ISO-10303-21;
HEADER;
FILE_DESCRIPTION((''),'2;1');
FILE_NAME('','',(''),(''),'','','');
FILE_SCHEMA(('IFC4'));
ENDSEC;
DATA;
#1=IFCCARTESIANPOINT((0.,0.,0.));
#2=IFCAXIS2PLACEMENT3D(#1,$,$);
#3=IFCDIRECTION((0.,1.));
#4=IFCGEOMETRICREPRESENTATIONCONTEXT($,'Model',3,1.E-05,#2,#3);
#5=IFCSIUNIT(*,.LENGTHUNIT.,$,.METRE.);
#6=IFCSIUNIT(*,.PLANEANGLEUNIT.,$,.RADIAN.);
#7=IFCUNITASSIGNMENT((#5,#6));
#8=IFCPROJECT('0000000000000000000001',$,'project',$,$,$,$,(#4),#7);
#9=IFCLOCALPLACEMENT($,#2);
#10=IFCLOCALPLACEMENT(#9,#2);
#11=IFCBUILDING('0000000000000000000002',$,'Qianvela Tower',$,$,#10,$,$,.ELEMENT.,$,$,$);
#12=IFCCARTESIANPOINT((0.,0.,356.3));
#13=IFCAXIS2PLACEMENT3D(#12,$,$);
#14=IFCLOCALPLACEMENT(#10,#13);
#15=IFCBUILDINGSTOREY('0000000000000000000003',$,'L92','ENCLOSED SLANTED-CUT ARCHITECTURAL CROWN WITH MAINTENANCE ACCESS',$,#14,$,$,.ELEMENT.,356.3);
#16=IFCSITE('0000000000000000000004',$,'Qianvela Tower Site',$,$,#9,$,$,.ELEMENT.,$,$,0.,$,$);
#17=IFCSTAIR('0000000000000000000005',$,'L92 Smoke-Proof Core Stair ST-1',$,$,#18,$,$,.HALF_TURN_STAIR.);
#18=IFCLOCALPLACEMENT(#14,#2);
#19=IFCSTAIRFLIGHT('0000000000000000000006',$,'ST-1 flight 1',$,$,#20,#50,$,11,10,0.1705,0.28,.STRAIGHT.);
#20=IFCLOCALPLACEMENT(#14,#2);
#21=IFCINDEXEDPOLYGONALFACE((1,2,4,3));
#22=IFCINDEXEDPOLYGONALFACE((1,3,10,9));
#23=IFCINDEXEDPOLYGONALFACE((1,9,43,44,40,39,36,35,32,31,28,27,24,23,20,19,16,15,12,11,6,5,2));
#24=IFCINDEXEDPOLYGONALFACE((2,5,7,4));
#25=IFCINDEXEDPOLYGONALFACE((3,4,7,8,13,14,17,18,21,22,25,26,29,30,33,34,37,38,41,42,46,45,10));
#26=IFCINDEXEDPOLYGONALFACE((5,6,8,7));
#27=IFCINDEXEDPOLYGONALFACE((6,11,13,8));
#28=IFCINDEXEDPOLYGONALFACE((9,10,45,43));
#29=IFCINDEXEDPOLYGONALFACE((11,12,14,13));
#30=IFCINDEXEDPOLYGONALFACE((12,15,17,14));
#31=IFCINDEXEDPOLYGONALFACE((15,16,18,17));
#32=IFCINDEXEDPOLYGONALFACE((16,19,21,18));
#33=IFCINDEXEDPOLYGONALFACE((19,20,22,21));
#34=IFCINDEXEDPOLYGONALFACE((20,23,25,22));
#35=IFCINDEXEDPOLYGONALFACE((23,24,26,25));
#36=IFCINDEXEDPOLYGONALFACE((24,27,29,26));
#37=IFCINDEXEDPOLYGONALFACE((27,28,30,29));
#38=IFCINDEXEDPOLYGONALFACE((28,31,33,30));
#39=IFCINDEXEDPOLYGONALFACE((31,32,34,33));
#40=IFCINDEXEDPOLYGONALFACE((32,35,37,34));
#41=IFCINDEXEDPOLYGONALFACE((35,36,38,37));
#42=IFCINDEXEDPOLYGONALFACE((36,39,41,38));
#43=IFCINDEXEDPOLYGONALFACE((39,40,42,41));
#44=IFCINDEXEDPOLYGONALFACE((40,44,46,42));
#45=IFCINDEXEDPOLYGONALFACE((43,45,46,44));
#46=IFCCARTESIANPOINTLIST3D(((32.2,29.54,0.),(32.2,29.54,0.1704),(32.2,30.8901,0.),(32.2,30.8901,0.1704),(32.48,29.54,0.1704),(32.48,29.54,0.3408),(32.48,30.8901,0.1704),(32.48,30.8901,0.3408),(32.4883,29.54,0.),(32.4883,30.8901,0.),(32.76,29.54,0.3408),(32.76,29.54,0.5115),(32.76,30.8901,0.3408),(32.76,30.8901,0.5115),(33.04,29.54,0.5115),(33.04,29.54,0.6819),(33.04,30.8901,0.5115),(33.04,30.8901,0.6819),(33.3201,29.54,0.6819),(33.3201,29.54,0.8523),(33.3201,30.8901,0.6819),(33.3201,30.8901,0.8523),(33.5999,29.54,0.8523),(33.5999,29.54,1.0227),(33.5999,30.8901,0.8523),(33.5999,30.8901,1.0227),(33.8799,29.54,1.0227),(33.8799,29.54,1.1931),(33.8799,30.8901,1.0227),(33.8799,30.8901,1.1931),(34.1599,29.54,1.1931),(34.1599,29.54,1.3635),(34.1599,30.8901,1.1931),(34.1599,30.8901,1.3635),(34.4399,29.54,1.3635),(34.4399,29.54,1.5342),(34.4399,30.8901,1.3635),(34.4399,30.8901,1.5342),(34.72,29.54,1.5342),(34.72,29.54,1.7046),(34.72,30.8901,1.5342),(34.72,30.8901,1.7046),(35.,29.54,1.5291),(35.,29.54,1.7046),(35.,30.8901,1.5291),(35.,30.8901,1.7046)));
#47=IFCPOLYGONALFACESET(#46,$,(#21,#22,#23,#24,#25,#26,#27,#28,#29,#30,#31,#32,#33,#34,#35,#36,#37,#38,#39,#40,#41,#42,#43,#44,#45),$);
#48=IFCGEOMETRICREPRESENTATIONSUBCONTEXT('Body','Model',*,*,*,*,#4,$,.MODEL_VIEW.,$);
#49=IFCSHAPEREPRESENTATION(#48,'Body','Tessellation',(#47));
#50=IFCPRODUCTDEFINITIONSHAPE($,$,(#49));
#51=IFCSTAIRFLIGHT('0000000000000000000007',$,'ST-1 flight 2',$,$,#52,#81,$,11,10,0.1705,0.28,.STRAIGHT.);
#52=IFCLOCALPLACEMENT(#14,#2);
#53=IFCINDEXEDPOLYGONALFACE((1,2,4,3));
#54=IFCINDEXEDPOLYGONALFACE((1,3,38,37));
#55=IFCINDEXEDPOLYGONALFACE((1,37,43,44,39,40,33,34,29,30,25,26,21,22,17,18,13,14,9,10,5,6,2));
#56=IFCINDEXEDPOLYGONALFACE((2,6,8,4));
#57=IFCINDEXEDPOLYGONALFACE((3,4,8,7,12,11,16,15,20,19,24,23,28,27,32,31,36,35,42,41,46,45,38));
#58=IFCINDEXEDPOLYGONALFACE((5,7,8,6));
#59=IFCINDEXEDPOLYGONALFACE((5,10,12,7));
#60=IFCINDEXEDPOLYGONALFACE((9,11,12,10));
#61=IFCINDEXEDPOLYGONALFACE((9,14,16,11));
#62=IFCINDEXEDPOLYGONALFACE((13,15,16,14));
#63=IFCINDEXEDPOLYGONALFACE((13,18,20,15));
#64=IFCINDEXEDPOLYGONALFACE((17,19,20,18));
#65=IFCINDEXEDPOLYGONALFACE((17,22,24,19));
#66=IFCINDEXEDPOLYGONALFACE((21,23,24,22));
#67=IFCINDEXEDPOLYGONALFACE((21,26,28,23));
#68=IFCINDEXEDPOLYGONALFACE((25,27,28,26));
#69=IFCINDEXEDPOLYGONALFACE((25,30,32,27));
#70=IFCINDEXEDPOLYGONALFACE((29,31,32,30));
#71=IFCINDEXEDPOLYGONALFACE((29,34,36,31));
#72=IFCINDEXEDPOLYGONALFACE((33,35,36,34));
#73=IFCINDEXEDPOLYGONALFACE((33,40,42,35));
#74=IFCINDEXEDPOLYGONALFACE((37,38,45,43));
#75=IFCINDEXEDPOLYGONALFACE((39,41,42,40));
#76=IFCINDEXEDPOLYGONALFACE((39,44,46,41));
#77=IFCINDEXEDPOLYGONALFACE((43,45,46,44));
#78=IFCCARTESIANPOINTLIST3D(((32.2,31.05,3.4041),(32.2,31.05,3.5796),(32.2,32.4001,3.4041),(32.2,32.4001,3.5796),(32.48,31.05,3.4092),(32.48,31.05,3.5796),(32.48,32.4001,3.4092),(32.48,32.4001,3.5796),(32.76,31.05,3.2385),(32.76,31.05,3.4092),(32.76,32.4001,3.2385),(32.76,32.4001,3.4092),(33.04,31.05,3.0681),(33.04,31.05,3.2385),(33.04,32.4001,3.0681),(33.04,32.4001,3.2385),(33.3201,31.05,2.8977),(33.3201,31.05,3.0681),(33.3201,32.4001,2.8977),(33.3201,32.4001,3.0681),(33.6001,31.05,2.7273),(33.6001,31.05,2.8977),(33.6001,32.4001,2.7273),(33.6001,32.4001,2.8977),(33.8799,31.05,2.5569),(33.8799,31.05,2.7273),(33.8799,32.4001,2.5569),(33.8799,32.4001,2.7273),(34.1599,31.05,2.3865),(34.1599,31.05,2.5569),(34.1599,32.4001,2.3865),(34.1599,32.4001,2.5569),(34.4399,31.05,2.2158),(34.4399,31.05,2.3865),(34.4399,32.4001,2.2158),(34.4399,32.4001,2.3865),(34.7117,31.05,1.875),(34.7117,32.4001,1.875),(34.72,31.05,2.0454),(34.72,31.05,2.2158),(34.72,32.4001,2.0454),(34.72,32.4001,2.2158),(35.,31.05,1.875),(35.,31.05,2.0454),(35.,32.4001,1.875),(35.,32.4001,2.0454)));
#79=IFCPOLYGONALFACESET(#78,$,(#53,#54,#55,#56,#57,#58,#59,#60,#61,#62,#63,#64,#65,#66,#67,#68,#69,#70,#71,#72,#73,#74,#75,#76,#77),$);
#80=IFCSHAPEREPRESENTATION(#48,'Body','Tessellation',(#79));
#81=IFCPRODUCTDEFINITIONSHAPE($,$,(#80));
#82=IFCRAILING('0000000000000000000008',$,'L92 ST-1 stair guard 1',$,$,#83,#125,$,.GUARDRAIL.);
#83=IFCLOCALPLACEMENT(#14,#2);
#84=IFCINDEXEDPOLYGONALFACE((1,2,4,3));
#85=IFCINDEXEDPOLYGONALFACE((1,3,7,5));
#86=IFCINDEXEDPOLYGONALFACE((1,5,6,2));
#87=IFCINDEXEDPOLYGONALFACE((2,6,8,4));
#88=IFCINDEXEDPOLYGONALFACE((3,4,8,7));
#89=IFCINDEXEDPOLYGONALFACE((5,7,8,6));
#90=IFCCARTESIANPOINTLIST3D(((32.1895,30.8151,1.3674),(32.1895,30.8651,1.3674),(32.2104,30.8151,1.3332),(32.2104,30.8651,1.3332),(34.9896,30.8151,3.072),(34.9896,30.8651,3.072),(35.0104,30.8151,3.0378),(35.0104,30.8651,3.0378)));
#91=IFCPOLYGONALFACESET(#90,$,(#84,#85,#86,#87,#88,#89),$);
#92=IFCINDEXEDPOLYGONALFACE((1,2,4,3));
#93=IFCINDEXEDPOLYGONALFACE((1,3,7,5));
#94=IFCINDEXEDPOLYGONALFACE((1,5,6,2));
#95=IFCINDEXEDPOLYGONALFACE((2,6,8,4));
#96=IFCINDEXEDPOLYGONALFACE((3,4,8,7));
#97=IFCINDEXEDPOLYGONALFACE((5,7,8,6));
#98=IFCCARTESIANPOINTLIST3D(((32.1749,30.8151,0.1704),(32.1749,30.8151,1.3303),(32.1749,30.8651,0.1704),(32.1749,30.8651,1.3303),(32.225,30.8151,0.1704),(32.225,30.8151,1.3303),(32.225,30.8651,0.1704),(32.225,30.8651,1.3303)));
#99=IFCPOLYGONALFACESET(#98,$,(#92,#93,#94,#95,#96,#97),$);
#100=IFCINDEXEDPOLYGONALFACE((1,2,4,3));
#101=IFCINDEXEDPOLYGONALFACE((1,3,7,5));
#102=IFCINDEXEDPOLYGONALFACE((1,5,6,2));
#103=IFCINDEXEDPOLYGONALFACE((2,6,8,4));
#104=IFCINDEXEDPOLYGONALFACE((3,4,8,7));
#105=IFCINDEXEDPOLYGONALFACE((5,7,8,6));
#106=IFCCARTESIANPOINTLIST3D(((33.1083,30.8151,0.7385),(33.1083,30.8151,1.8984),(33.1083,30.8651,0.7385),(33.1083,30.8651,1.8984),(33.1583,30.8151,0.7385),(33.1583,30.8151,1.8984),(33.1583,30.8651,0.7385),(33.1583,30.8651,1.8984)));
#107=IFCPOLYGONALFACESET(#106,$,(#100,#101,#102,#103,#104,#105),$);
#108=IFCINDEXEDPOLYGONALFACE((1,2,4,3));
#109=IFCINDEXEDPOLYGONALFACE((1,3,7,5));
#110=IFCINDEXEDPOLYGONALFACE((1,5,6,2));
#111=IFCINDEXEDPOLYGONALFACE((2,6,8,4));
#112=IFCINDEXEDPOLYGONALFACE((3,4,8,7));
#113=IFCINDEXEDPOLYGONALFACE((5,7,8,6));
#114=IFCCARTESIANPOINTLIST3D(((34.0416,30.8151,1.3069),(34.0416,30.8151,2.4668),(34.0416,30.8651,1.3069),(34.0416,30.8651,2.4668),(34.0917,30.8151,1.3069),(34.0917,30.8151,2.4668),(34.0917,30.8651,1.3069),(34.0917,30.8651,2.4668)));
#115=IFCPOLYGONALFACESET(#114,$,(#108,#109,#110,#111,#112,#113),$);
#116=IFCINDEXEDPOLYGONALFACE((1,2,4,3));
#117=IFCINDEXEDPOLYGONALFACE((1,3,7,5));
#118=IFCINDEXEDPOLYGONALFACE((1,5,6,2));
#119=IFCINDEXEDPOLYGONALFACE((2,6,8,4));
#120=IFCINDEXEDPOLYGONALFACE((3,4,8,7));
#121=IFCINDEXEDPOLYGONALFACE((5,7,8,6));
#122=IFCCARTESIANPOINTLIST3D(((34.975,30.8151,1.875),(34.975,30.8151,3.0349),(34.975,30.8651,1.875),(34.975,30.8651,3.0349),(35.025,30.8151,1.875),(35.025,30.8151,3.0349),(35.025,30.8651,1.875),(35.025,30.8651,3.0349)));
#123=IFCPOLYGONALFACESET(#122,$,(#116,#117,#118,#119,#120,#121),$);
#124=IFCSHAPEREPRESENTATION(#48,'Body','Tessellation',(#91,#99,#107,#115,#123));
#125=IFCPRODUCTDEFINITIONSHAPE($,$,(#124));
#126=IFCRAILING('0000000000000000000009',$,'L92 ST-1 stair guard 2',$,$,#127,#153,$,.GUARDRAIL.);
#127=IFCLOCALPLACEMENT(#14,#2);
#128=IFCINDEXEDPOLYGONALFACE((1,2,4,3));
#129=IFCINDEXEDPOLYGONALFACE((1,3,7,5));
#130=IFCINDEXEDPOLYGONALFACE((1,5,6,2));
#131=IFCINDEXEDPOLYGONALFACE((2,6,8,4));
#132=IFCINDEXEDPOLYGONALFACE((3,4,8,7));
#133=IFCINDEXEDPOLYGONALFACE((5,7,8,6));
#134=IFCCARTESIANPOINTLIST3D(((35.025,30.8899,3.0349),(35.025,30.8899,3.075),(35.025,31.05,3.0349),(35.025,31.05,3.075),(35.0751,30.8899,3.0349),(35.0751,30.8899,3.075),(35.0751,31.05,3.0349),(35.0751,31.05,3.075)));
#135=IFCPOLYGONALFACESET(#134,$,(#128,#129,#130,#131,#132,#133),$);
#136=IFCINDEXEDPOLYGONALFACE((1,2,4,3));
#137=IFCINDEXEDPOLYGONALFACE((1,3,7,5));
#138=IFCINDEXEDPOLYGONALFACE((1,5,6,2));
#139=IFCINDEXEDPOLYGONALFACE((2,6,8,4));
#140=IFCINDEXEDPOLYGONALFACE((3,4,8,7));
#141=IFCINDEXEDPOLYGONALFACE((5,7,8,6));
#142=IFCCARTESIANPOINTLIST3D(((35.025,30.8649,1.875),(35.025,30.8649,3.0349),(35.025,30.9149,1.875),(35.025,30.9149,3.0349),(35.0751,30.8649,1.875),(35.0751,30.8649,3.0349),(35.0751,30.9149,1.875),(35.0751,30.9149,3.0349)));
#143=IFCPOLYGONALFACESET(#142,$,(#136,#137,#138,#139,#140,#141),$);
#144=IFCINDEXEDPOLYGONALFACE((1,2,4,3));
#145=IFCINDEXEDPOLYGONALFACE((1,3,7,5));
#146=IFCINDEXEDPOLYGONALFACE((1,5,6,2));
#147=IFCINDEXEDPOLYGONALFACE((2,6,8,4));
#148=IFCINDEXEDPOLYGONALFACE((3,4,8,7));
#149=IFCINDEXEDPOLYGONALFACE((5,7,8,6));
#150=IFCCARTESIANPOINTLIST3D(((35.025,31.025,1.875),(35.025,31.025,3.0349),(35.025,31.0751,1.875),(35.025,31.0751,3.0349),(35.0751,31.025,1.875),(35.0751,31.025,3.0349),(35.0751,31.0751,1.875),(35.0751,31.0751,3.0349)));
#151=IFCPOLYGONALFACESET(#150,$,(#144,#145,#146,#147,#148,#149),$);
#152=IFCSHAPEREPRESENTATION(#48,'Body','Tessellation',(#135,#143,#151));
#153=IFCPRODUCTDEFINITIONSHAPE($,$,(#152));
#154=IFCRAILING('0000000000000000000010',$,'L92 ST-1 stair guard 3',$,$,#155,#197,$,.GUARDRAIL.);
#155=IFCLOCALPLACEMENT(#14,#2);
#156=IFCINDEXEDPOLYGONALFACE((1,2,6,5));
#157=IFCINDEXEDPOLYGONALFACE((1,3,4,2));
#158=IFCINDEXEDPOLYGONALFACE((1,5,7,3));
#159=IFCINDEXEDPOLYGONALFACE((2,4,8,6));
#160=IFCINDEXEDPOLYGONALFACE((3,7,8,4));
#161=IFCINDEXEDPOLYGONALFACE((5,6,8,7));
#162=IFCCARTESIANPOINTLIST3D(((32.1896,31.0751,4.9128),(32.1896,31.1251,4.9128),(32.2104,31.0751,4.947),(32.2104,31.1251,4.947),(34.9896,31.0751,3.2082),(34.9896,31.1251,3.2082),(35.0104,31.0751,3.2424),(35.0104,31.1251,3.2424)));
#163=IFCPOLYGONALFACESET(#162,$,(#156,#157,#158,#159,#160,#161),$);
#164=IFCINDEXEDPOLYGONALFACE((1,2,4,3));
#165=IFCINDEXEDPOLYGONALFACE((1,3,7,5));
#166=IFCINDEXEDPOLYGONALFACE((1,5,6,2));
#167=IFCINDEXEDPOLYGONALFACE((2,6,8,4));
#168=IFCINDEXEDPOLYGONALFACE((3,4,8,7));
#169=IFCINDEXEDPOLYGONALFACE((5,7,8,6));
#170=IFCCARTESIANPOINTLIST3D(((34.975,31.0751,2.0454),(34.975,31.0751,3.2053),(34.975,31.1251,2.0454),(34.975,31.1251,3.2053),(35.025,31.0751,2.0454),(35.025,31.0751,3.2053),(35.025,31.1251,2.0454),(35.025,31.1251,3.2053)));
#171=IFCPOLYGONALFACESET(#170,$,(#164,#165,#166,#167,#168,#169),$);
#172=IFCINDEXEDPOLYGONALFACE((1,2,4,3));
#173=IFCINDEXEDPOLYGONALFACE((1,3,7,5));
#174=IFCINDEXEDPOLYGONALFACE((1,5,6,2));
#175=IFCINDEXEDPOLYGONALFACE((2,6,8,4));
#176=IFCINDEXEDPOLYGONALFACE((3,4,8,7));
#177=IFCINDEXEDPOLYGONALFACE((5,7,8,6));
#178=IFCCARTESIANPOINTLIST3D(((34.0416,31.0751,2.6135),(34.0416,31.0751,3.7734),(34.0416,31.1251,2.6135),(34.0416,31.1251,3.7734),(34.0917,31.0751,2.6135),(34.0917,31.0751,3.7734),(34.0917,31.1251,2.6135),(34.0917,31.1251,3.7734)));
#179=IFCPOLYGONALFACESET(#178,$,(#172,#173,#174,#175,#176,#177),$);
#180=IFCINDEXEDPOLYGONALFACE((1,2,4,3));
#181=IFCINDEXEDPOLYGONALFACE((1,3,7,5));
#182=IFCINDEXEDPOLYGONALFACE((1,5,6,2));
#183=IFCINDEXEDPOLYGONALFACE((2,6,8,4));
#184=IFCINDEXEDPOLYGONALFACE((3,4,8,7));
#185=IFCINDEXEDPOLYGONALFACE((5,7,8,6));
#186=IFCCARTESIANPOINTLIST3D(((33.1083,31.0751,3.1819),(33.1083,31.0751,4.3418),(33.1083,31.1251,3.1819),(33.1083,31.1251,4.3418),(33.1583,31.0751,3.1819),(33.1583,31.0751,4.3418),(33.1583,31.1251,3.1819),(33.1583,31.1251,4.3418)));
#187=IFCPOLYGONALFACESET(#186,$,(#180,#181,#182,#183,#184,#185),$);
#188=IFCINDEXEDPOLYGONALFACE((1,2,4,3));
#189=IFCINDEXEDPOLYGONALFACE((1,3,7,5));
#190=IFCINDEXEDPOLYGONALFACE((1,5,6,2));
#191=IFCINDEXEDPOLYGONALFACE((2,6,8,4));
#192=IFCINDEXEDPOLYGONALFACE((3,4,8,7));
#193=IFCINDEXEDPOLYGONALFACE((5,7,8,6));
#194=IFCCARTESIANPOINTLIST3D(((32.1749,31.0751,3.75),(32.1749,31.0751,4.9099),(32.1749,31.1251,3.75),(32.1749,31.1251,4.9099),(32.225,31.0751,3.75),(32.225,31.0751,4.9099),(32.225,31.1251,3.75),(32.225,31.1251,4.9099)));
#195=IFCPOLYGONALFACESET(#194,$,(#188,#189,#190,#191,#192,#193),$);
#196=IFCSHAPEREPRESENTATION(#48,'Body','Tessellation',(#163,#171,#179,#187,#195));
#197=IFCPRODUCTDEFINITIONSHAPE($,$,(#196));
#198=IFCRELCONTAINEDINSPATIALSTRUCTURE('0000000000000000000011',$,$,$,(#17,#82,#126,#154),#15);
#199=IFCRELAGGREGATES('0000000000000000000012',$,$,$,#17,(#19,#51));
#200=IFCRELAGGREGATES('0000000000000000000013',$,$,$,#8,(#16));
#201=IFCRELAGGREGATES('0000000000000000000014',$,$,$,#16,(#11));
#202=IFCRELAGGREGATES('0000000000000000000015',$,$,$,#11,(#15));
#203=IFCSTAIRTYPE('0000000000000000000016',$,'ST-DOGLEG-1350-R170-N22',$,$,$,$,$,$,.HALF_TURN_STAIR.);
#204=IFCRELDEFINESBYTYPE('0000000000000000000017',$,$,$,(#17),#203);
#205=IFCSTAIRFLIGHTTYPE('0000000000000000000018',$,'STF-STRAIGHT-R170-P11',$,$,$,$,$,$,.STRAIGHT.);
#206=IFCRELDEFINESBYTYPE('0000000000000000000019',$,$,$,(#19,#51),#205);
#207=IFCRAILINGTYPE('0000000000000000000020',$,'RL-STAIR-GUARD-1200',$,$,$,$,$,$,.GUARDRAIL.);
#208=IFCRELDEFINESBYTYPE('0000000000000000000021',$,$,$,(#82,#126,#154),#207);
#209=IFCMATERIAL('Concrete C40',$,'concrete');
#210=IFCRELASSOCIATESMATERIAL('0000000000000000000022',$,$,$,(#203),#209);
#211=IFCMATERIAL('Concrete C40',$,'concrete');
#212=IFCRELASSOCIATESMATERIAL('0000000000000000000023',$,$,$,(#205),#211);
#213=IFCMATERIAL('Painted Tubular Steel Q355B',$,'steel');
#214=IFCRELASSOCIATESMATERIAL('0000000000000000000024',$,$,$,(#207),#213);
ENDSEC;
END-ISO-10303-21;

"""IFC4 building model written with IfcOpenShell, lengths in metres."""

from ifc_helpers import new_model, si_unit, direction, frame, origin, origin_2d, place, context, subcontext, project, spatial, polyline, rectangle, outline, extrude, material, type_object, element, aggregate, save


model = new_model("IFC4")

# Units and contexts
model_context = context("Model", 3, precision=1e-05, world=origin(), true_north=direction((0.0, 1.0)))
body_context = subcontext(model_context, "Body", "Model", "MODEL_VIEW")
ifc_project = project(units=[si_unit("LENGTHUNIT", "METRE"), si_unit("PLANEANGLEUNIT", "RADIAN")], contexts=[model_context])

# Site, building, storey
site_placement = place(None, origin())
site = spatial("IfcSite", under=ifc_project, at=site_placement, Name="Qianvela Tower Site", CompositionType="ELEMENT", RefElevation=0.0)
building_placement = place(site_placement, origin())
building = spatial("IfcBuilding", under=site, at=building_placement, Name="Qianvela Tower", CompositionType="ELEMENT")
storey_placement = place(building_placement, frame((0.0, 0.0, 356.3)))
storey = spatial("IfcBuildingStorey", under=building, at=storey_placement, Name="L92", Description="ENCLOSED SLANTED-CUT ARCHITECTURAL CROWN WITH MAINTENANCE ACCESS", CompositionType="ELEMENT", Elevation=356.3)

# Stair, stair flights
ifc_material_1 = material(Name="Concrete C40", Category="concrete")
stair_type = type_object("IfcStairType", Name="ST-DOGLEG-1350-R170-N22", PredefinedType="HALF_TURN_STAIR", material=ifc_material_1)
stair_placement = place(storey_placement, origin())
stair = element("IfcStair", 1, at=stair_placement, inside=storey, type_object=stair_type, Name="L92 Smoke-Proof Core Stair ST-1", PredefinedType="HALF_TURN_STAIR")
ifc_material_2 = material(Name="Concrete C40", Category="concrete")
stair_flight_type = type_object("IfcStairFlightType", Name="STF-STRAIGHT-R170-P11", PredefinedType="STRAIGHT", material=ifc_material_2)
stair_flight_1_placement = place(storey_placement, frame((32.2, 30.2151, 0.0), z_axis=(0.0, 0.0, 1.0), x_axis=(1.0, 0.0, 0.0)))
stair_flight_1 = element("IfcStairFlight", 2, at=stair_flight_1_placement, type_object=stair_flight_type, Name="ST-1 flight 1", NumberOfRisers=11, NumberOfTreads=10, PredefinedType="STRAIGHT", RiserHeight=0.1705, TreadLength=0.28, context=body_context, shape_type="SweptSolid", body=[
    extrude(outline(polyline([(0.0, 0.0), (0.0, 0.1704), (0.28, 0.1704), (0.28, 0.3408), (0.5601, 0.3408), (0.5601, 0.5115), (0.8401, 0.5115), (0.8401, 0.6819), (1.1201, 0.6819), (1.1201, 0.8523), (1.3999, 0.8523), (1.3999, 1.0227), (1.6799, 1.0227), (1.6799, 1.1931), (1.96, 1.1931), (1.96, 1.3635), (2.24, 1.3635), (2.24, 1.5342), (2.52, 1.5342), (2.52, 1.7046), (2.8, 1.7046), (2.8, 1.875), (2.8, 1.5291), (0.2883, 0.0), (0.0, 0.0)])), frame((0.0, 0.675, 0.0), z_axis=(0.0, -1.0, 0.0), x_axis=(1.0, 0.0, 0.0)), (0.0, 0.0, 1.0), 1.3501),
])
stair_flight_2_placement = place(storey_placement, frame((35.0, 31.7251, 1.875), z_axis=(0.0, 0.0, 1.0), x_axis=(-1.0, 0.0, 0.0)))
stair_flight_2 = element("IfcStairFlight", 3, at=stair_flight_2_placement, type_object=stair_flight_type, Name="ST-1 flight 2", NumberOfRisers=11, NumberOfTreads=10, PredefinedType="STRAIGHT", RiserHeight=0.1705, TreadLength=0.28, context=body_context, shape_type="SweptSolid", body=[
    extrude(outline(polyline([(0.0, 0.0), (0.0, 0.1704), (0.28, 0.1704), (0.28, 0.3408), (0.5601, 0.3408), (0.5601, 0.5115), (0.8401, 0.5115), (0.8401, 0.6819), (1.1201, 0.6819), (1.1201, 0.8523), (1.3999, 0.8523), (1.3999, 1.0227), (1.6799, 1.0227), (1.6799, 1.1931), (1.96, 1.1931), (1.96, 1.3635), (2.24, 1.3635), (2.24, 1.5342), (2.52, 1.5342), (2.52, 1.7046), (2.8, 1.7046), (2.8, 1.875), (2.8, 1.5291), (0.2883, 0.0), (0.0, 0.0)])), frame((0.0, 0.675, 0.0), z_axis=(0.0, -1.0, 0.0), x_axis=(1.0, 0.0, 0.0)), (0.0, 0.0, 1.0), 1.3501),
])
aggregate(stair, [stair_flight_1, stair_flight_2])

# Railings
ifc_material_3 = material(Name="Painted Tubular Steel Q355B", Category="steel")
railing_type_1 = type_object("IfcRailingType", Name="RL-STAIR-GUARD-1200", PredefinedType="GUARDRAIL", material=ifc_material_3)
railing_1_placement = place(storey_placement, frame((32.2, 30.8401, 0.1704)))
element("IfcRailing", 4, at=railing_1_placement, inside=storey, type_object=railing_type_1, Name="L92 ST-1 stair guard 1", PredefinedType="GUARDRAIL", context=body_context, shape_type="SweptSolid", body=[
    extrude(rectangle(XDim=0.05, YDim=0.04, at=origin_2d()), frame((0.0, 0.0, 1.1799), z_axis=(0.85417, 0.0, 0.519994), x_axis=(0.0, 1.0, 0.0)), (0.0, 0.0, 1.0), 3.2781),
    extrude(rectangle(XDim=0.05, YDim=0.05, at=origin_2d()), origin(), (0.0, 0.0, 1.0), 1.1599),
    extrude(rectangle(XDim=0.05, YDim=0.05, at=origin_2d()), frame((0.9333, 0.0, 0.5681)), (0.0, 0.0, 1.0), 1.1599),
    extrude(rectangle(XDim=0.05, YDim=0.05, at=origin_2d()), frame((1.8667, 0.0, 1.1365)), (0.0, 0.0, 1.0), 1.1599),
    extrude(rectangle(XDim=0.05, YDim=0.05, at=origin_2d()), frame((2.8, 0.0, 1.7046)), (0.0, 0.0, 1.0), 1.1599),
])
railing_2_placement = place(storey_placement, frame((35.05, 30.8899, 1.875)))
element("IfcRailing", 5, at=railing_2_placement, inside=storey, type_object=railing_type_1, Name="L92 ST-1 stair guard 2", PredefinedType="GUARDRAIL", context=body_context, shape_type="SweptSolid", body=[
    extrude(rectangle(XDim=0.05, YDim=0.04, at=origin_2d()), frame((0.0, 0.0, 1.1799), z_axis=(0.0, 1.0, 0.0), x_axis=(-1.0, 0.0, 0.0)), (0.0, 0.0, 1.0), 0.1602),
    extrude(rectangle(XDim=0.05, YDim=0.05, at=origin_2d()), origin(), (0.0, 0.0, 1.0), 1.1599),
    extrude(rectangle(XDim=0.05, YDim=0.05, at=origin_2d()), frame((0.0, 0.1602, 0.0)), (0.0, 0.0, 1.0), 1.1599),
])
railing_3_placement = place(storey_placement, frame((35.0, 31.1001, 2.0454)))
element("IfcRailing", 6, at=railing_3_placement, inside=storey, type_object=railing_type_1, Name="L92 ST-1 stair guard 3", PredefinedType="GUARDRAIL", context=body_context, shape_type="SweptSolid", body=[
    extrude(rectangle(XDim=0.05, YDim=0.04, at=origin_2d()), frame((0.0, 0.0, 1.1799), z_axis=(-0.85417, 0.0, 0.519994), x_axis=(0.0, -1.0, 0.0)), (0.0, 0.0, 1.0), 3.2781),
    extrude(rectangle(XDim=0.05, YDim=0.05, at=origin_2d()), origin(), (0.0, 0.0, 1.0), 1.1599),
    extrude(rectangle(XDim=0.05, YDim=0.05, at=origin_2d()), frame((-0.9333, 0.0, 0.5681)), (0.0, 0.0, 1.0), 1.1599),
    extrude(rectangle(XDim=0.05, YDim=0.05, at=origin_2d()), frame((-1.8667, 0.0, 1.1365)), (0.0, 0.0, 1.0), 1.1599),
    extrude(rectangle(XDim=0.05, YDim=0.05, at=origin_2d()), frame((-2.8, 0.0, 1.7046)), (0.0, 0.0, 1.0), 1.1599),
])

save(model, "model.ifc")
